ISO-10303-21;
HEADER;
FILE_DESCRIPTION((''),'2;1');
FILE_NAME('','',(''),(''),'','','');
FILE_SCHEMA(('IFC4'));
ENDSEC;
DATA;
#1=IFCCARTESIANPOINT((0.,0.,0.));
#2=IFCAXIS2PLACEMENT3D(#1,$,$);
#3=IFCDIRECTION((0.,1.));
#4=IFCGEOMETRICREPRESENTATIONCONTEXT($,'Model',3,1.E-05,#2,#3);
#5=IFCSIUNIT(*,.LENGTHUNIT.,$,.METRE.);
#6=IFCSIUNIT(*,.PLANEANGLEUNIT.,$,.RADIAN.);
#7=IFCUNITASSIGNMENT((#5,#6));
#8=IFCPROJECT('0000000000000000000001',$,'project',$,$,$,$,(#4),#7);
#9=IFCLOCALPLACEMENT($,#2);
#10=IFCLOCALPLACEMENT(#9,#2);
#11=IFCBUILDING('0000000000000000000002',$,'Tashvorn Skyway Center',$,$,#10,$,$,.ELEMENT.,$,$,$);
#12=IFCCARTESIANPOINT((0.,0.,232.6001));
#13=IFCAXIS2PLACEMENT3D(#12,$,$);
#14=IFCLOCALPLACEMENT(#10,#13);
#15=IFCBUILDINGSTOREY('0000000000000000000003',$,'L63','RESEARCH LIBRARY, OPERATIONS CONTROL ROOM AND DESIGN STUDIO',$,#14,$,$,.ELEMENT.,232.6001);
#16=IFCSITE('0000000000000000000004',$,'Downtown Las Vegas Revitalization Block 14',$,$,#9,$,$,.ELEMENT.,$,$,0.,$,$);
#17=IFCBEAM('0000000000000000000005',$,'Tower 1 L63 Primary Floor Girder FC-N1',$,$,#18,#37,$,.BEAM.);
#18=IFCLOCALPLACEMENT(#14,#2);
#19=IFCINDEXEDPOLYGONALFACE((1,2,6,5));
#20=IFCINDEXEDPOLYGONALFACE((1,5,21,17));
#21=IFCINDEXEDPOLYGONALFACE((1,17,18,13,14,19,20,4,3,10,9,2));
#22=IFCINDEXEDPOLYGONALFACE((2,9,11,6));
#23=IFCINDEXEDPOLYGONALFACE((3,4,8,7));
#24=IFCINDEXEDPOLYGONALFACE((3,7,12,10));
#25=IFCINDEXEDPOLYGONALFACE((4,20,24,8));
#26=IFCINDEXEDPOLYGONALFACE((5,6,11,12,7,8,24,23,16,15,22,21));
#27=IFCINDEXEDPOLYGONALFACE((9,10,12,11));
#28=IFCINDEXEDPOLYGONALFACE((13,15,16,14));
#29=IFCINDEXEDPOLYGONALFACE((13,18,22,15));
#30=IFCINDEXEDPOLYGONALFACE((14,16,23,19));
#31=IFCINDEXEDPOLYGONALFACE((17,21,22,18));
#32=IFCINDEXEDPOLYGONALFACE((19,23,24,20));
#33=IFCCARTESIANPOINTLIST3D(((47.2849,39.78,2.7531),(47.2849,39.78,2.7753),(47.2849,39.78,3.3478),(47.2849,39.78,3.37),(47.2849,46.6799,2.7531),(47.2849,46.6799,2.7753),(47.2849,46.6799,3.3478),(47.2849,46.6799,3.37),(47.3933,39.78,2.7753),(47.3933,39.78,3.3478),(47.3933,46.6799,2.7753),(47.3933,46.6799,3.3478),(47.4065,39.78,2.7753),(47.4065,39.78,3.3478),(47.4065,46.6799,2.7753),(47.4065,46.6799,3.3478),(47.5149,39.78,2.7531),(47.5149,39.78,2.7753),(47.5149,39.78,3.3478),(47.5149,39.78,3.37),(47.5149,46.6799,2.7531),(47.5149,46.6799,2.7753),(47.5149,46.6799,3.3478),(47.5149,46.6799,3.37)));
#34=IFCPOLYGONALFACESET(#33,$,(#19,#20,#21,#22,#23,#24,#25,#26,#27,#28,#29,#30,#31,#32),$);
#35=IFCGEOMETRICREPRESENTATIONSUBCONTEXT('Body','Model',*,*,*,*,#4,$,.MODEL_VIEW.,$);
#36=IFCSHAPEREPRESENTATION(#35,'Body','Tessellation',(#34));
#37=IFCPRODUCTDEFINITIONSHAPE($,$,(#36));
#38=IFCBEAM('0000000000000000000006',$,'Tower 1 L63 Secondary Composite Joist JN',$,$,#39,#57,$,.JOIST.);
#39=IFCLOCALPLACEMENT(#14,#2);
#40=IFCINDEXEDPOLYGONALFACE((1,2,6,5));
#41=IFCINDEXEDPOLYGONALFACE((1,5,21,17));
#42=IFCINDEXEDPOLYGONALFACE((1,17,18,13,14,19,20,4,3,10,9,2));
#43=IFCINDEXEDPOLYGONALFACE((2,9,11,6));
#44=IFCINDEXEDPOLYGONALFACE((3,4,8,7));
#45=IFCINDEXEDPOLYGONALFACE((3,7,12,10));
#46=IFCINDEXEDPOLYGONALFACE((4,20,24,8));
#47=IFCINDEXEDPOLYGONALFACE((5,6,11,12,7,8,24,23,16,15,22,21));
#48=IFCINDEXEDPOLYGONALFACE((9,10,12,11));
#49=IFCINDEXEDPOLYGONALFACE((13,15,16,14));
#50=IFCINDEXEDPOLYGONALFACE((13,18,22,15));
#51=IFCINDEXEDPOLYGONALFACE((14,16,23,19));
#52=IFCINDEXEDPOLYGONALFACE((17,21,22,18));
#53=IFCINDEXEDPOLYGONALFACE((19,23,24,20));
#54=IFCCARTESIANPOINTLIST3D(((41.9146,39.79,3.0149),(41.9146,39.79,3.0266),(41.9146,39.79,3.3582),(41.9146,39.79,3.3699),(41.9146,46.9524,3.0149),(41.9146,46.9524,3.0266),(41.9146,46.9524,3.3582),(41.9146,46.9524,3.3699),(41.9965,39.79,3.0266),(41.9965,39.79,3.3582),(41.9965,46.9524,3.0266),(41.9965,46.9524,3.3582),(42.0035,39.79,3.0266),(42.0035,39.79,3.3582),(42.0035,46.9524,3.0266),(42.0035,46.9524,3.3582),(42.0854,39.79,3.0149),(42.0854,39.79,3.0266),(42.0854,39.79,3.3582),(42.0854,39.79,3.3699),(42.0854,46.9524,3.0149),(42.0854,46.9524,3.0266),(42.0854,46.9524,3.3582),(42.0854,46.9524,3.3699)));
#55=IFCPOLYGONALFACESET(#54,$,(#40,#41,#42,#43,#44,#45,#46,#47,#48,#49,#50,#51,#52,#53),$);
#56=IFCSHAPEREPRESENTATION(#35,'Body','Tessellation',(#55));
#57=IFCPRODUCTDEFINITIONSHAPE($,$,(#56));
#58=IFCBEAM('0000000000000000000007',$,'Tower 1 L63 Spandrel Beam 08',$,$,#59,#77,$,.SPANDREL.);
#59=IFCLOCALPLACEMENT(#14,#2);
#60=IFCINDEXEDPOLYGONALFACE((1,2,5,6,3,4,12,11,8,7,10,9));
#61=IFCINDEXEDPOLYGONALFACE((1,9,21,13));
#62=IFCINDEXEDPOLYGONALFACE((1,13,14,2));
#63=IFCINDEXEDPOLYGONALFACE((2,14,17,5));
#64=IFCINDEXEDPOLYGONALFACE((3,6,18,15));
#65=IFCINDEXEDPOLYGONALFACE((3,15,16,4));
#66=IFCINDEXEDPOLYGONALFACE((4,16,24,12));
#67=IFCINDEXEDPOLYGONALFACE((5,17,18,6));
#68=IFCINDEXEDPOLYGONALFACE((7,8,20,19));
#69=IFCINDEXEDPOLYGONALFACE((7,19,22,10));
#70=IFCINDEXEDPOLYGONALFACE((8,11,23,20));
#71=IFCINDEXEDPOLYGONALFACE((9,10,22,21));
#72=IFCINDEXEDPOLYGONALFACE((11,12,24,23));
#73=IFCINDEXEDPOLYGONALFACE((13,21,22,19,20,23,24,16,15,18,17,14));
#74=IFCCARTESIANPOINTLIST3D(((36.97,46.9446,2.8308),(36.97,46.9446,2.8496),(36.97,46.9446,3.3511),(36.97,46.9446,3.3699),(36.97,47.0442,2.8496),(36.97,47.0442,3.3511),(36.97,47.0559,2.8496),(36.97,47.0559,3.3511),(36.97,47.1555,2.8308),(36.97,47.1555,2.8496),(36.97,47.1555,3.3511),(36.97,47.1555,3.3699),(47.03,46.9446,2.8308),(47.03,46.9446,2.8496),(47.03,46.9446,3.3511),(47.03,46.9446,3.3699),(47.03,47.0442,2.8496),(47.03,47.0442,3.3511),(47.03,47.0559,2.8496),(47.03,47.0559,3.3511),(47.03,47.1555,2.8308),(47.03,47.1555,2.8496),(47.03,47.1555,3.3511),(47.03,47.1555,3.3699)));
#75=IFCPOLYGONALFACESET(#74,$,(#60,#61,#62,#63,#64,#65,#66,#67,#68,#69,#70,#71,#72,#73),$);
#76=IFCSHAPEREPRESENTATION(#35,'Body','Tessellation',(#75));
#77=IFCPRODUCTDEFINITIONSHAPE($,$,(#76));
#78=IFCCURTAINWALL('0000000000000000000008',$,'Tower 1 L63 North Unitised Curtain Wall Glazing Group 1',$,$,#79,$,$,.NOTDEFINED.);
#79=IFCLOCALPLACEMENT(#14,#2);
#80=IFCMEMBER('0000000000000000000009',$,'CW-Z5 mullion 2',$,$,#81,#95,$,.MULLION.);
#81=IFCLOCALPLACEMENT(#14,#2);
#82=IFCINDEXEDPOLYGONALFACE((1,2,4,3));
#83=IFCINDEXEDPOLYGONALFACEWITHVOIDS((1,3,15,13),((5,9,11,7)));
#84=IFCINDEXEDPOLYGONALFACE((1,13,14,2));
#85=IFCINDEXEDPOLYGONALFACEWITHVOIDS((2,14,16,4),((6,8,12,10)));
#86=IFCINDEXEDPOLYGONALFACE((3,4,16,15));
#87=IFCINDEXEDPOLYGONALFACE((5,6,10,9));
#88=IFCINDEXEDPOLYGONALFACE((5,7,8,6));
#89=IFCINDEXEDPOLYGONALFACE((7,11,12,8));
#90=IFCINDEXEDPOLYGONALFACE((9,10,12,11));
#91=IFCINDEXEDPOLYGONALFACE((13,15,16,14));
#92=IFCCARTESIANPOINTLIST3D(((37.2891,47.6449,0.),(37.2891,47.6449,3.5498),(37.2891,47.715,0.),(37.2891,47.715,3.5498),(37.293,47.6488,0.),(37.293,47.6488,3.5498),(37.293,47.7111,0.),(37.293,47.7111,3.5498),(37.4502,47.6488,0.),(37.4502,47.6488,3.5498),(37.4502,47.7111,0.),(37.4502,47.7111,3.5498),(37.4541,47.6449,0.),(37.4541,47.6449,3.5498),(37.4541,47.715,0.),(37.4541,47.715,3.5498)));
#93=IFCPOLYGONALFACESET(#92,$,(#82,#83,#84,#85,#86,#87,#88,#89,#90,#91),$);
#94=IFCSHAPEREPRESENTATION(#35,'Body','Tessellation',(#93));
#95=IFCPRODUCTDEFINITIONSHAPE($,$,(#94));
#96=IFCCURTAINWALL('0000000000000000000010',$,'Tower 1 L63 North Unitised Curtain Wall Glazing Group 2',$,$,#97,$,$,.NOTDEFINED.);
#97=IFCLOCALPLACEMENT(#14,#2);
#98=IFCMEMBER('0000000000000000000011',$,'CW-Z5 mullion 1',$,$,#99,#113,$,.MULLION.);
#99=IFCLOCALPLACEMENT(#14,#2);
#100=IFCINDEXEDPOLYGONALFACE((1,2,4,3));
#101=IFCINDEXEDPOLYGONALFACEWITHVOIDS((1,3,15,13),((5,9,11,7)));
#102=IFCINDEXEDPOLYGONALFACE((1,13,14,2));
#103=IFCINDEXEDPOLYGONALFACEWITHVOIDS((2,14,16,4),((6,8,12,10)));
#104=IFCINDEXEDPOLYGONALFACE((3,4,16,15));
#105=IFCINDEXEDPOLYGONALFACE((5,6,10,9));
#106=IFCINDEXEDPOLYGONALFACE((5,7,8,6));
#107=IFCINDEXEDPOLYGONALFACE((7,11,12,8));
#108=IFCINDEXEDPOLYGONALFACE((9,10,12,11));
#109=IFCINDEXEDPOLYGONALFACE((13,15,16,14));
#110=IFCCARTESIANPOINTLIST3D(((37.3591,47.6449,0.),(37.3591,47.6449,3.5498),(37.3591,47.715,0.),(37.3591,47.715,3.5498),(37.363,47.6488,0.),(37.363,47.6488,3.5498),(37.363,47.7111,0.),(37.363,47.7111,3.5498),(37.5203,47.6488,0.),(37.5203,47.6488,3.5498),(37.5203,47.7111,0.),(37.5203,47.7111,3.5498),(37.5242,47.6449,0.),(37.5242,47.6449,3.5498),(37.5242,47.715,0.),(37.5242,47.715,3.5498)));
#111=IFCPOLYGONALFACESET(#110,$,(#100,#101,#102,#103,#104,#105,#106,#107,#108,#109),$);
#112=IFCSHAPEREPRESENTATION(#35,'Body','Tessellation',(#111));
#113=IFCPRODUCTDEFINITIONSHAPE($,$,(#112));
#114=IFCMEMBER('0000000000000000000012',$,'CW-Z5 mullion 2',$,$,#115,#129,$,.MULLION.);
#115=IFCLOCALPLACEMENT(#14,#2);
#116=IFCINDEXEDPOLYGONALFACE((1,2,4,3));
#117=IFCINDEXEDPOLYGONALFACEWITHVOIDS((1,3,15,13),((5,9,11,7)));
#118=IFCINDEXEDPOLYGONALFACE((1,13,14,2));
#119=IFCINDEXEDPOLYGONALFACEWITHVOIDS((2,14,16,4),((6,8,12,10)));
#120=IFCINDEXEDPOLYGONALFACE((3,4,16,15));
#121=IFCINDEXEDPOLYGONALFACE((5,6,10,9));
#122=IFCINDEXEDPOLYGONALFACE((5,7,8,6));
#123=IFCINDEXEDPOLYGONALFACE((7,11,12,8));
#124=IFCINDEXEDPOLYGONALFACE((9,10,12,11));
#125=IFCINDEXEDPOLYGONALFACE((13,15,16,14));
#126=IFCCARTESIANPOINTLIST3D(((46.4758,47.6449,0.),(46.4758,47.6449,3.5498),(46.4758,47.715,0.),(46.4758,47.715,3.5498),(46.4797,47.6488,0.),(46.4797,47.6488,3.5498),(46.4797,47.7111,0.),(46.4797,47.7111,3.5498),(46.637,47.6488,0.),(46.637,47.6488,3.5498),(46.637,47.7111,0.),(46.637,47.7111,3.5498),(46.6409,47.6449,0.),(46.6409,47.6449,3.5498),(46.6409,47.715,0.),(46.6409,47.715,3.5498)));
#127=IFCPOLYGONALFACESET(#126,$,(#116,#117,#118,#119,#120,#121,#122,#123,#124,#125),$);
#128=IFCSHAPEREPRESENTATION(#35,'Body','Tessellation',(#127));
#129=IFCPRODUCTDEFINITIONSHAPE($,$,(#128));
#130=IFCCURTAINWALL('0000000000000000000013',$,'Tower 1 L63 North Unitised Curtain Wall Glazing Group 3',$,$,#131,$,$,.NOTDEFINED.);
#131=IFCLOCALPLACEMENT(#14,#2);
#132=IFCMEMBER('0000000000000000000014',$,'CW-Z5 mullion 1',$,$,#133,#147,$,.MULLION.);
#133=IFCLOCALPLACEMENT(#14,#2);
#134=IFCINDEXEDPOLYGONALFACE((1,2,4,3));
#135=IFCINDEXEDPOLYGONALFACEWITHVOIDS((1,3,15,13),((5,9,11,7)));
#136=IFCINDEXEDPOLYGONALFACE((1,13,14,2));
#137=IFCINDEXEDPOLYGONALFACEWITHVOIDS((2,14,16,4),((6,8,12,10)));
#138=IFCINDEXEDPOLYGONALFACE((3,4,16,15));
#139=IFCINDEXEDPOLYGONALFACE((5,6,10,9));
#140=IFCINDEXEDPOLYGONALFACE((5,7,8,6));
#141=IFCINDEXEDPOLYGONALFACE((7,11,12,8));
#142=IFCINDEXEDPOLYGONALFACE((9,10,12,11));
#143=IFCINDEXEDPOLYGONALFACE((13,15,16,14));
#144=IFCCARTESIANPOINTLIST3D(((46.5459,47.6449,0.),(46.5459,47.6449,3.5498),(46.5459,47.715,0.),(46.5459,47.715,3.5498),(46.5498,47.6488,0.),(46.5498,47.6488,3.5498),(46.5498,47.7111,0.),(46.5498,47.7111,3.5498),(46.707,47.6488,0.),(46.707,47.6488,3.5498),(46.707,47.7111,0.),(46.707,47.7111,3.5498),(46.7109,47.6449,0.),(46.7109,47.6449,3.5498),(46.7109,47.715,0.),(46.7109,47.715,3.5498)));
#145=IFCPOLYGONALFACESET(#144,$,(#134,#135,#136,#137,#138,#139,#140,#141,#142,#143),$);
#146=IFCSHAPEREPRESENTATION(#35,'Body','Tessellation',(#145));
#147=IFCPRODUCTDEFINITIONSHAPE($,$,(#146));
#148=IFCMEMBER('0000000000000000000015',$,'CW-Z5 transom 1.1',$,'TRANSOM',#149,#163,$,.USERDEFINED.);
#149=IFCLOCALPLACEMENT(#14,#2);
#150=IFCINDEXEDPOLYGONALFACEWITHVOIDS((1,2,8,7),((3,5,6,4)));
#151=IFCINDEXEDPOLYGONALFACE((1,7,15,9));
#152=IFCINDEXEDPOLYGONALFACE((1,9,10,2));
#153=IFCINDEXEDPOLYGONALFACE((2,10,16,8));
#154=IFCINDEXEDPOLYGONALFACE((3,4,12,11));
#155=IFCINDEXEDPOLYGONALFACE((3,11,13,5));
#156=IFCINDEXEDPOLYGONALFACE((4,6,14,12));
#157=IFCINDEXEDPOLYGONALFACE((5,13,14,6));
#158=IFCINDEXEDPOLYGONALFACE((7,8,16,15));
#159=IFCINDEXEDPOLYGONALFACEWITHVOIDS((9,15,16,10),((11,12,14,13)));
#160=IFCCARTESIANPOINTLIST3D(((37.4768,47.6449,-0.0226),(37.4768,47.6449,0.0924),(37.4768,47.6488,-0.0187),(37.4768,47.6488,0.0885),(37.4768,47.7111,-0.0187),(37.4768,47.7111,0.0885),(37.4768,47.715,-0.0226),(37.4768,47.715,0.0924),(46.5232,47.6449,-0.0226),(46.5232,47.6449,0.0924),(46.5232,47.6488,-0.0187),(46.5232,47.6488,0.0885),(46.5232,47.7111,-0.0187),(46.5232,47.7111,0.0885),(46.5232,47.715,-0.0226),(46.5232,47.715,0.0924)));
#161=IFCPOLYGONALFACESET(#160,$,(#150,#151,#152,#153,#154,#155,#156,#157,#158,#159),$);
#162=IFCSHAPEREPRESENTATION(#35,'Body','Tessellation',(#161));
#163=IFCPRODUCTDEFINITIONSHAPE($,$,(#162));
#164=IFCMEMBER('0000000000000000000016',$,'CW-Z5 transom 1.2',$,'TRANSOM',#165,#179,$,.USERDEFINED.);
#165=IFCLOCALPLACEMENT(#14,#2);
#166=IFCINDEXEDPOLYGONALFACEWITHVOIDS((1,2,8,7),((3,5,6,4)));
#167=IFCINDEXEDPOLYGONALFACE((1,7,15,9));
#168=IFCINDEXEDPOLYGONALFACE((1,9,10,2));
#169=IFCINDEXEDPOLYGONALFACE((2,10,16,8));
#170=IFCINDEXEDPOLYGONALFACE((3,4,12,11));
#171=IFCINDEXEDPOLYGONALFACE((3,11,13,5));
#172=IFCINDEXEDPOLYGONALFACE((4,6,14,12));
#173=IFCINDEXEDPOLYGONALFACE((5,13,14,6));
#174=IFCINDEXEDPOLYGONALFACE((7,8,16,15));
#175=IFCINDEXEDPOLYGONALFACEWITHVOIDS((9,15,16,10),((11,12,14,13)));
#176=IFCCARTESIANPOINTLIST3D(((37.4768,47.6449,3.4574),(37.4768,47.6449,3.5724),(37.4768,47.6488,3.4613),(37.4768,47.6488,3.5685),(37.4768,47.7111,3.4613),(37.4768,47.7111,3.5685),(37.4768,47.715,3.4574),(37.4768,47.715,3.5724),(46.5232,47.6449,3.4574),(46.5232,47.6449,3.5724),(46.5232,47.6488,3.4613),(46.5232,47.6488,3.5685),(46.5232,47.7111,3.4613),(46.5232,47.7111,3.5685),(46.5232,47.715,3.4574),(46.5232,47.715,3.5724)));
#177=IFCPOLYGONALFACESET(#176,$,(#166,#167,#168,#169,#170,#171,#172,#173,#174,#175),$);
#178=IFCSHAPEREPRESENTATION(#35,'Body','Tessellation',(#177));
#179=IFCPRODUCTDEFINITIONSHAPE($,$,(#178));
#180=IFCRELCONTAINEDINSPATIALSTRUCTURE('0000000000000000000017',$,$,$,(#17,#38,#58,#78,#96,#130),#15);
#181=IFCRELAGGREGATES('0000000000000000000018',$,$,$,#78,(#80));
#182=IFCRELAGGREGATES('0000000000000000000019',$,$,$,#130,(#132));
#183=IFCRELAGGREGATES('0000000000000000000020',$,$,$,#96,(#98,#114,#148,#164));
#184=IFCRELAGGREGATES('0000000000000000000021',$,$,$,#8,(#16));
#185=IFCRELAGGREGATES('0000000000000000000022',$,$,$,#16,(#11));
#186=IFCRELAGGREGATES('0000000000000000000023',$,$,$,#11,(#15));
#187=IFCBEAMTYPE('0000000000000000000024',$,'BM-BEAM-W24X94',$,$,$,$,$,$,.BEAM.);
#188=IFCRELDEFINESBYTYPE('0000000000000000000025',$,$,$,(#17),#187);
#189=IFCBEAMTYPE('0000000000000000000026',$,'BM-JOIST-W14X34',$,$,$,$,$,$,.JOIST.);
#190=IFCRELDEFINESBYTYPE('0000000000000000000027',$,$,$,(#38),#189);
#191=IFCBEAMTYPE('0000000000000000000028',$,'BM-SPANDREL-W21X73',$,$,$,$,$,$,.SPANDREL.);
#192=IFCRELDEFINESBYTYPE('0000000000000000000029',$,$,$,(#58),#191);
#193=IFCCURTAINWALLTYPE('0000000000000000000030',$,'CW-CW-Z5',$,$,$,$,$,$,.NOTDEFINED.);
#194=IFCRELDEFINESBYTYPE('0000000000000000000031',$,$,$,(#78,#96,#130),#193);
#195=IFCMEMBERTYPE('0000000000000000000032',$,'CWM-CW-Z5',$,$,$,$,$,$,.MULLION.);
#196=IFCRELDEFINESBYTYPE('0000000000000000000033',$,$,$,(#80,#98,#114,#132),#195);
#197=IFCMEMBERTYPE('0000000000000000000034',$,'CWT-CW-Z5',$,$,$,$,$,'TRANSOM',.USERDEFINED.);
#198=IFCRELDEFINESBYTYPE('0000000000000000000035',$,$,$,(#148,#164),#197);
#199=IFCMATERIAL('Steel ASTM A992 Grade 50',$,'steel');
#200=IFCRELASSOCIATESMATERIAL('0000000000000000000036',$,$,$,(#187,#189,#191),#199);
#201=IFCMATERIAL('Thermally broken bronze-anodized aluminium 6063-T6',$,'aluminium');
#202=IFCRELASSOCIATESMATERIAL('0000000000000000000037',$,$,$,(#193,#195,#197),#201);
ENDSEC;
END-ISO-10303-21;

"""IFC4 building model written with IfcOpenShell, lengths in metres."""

from ifc_helpers import new_model, si_unit, direction, frame, origin, origin_2d, place, context, subcontext, project, spatial, hollow_rectangle, i_section, extrude, material, material_profile, profile_set, type_object, element, aggregate, save


model = new_model("IFC4")

# Units and contexts
model_context = context("Model", 3, precision=1e-05, world=origin(), true_north=direction((0.0, 1.0)))
body_context = subcontext(model_context, "Body", "Model", "MODEL_VIEW")
ifc_project = project(units=[si_unit("LENGTHUNIT", "METRE"), si_unit("PLANEANGLEUNIT", "RADIAN")], contexts=[model_context])

# Site, building, storey
site_placement = place(None, origin())
site = spatial("IfcSite", under=ifc_project, at=site_placement, Name="Downtown Las Vegas Revitalization Block 14", CompositionType="ELEMENT", RefElevation=0.0)
building_placement = place(site_placement, origin())
building = spatial("IfcBuilding", under=site, at=building_placement, Name="Tashvorn Skyway Center", CompositionType="ELEMENT")
storey_placement = place(building_placement, frame((0.0, 0.0, 232.6001)))
storey = spatial("IfcBuildingStorey", under=building, at=storey_placement, Name="L63", Description="RESEARCH LIBRARY, OPERATIONS CONTROL ROOM AND DESIGN STUDIO", CompositionType="ELEMENT", Elevation=232.6001)

# Beams
ifc_material_1 = material(Name="Steel ASTM A992 Grade 50", Category="steel")
ifc_material_profile_1 = material_profile(ifc_material_1, i_section(OverallWidth=0.23, OverallDepth=0.6169, WebThickness=0.0132, FlangeThickness=0.0222, at=origin_2d()), Name="W24X94")
ifc_profile_set_1 = profile_set([ifc_material_profile_1], Name="Steel ASTM A992 Grade 50")
beam_type_1 = type_object("IfcBeamType", Name="BM-BEAM-W24X94", PredefinedType="BEAM", material=ifc_profile_set_1)
beam_1_placement = place(storey_placement, frame((47.3999, 46.6799, 3.0615), z_axis=(0.0, -1.0, 0.0), x_axis=(1.0, 0.0, 0.0)))
element("IfcBeam", 1, at=beam_1_placement, inside=storey, type_object=beam_type_1, Name="Tower 1 L63 Primary Floor Girder FC-N1", PredefinedType="BEAM", context=body_context, shape_type="SweptSolid", body=[
    extrude(i_section(OverallWidth=0.23, OverallDepth=0.6169, WebThickness=0.0132, FlangeThickness=0.0222, at=origin_2d()), origin(), (0.0, 0.0, 1.0), 6.8999),
])
ifc_material_profile_2 = material_profile(ifc_material_1, i_section(OverallWidth=0.1709, OverallDepth=0.355, WebThickness=0.0071, FlangeThickness=0.0117, at=origin_2d()), Name="W14X34")
ifc_profile_set_2 = profile_set([ifc_material_profile_2], Name="Steel ASTM A992 Grade 50")
beam_type_2 = type_object("IfcBeamType", Name="BM-JOIST-W14X34", PredefinedType="JOIST", material=ifc_profile_set_2)
beam_2_placement = place(storey_placement, frame((42.0, 39.79, 3.1924), z_axis=(0.0, 1.0, 0.0), x_axis=(-1.0, 0.0, 0.0)))
element("IfcBeam", 2, at=beam_2_placement, inside=storey, type_object=beam_type_2, Name="Tower 1 L63 Secondary Composite Joist JN", PredefinedType="JOIST", context=body_context, shape_type="SweptSolid", body=[
    extrude(i_section(OverallWidth=0.1709, OverallDepth=0.355, WebThickness=0.0071, FlangeThickness=0.0117, at=origin_2d()), origin(), (0.0, 0.0, 1.0), 7.1624),
])
ifc_material_profile_3 = material_profile(ifc_material_1, i_section(OverallWidth=0.2109, OverallDepth=0.5391, WebThickness=0.0117, FlangeThickness=0.0188, at=origin_2d()), Name="W21X73")
ifc_profile_set_3 = profile_set([ifc_material_profile_3], Name="Steel ASTM A992 Grade 50")
beam_type_3 = type_object("IfcBeamType", Name="BM-SPANDREL-W21X73", PredefinedType="SPANDREL", material=ifc_profile_set_3)
beam_3_placement = place(storey_placement, frame((47.03, 47.05, 3.1003), z_axis=(-1.0, 0.0, 0.0), x_axis=(0.0, -1.0, 0.0)))
element("IfcBeam", 3, at=beam_3_placement, inside=storey, type_object=beam_type_3, Name="Tower 1 L63 Spandrel Beam 08", PredefinedType="SPANDREL", context=body_context, shape_type="SweptSolid", body=[
    extrude(i_section(OverallWidth=0.2109, OverallDepth=0.5391, WebThickness=0.0117, FlangeThickness=0.0188, at=origin_2d()), origin(), (0.0, 0.0, 1.0), 10.0601),
])

# Curtain wall, member
ifc_material_2 = material(Name="Thermally broken bronze-anodized aluminium 6063-T6", Category="aluminium")
curtain_wall_type = type_object("IfcCurtainWallType", Name="CW-CW-Z5", PredefinedType="NOTDEFINED", material=ifc_material_2)
curtain_wall_1_placement = place(storey_placement, origin())
curtain_wall_1 = element("IfcCurtainWall", 4, at=curtain_wall_1_placement, inside=storey, type_object=curtain_wall_type, Name="Tower 1 L63 North Unitised Curtain Wall Glazing Group 1", PredefinedType="NOTDEFINED")
ifc_material_profile_4 = material_profile(ifc_material_2, hollow_rectangle(XDim=0.0701, YDim=0.165, WallThickness=0.0039, at=origin_2d()), Name="ALU-MULL-70x165")
ifc_profile_set_4 = profile_set([ifc_material_profile_4], Name="Thermally broken bronze-anodized aluminium 6063-T6")
member_type_1 = type_object("IfcMemberType", Name="CWM-CW-Z5", PredefinedType="MULLION", material=ifc_profile_set_4)
member_1_placement = place(storey_placement, frame((37.3716, 47.6799, 0.0), z_axis=(0.0, 0.0, 1.0), x_axis=(0.0, 1.0, 0.0)))
member_1 = element("IfcMember", 5, at=member_1_placement, type_object=member_type_1, Name="CW-Z5 mullion 2", PredefinedType="MULLION", context=body_context, shape_type="SweptSolid", body=[
    extrude(hollow_rectangle(XDim=0.0701, YDim=0.165, WallThickness=0.0039, at=origin_2d()), origin(), (0.0, 0.0, 1.0), 3.5498),
])
aggregate(curtain_wall_1, [member_1])

# Curtain wall, members
curtain_wall_2_placement = place(storey_placement, origin())
curtain_wall_2 = element("IfcCurtainWall", 6, at=curtain_wall_2_placement, inside=storey, type_object=curtain_wall_type, Name="Tower 1 L63 North Unitised Curtain Wall Glazing Group 2", PredefinedType="NOTDEFINED")
member_2_placement = place(storey_placement, frame((37.4417, 47.6799, 0.0), z_axis=(0.0, 0.0, 1.0), x_axis=(0.0, 1.0, 0.0)))
member_2 = element("IfcMember", 7, at=member_2_placement, type_object=member_type_1, Name="CW-Z5 mullion 1", PredefinedType="MULLION", context=body_context, shape_type="SweptSolid", body=[
    extrude(hollow_rectangle(XDim=0.0701, YDim=0.165, WallThickness=0.0039, at=origin_2d()), origin(), (0.0, 0.0, 1.0), 3.5498),
])
member_3_placement = place(storey_placement, frame((46.5583, 47.6799, 0.0), z_axis=(0.0, 0.0, 1.0), x_axis=(0.0, 1.0, 0.0)))
member_3 = element("IfcMember", 8, at=member_3_placement, type_object=member_type_1, Name="CW-Z5 mullion 2", PredefinedType="MULLION", context=body_context, shape_type="SweptSolid", body=[
    extrude(hollow_rectangle(XDim=0.0701, YDim=0.165, WallThickness=0.0039, at=origin_2d()), origin(), (0.0, 0.0, 1.0), 3.5498),
])

# Curtain wall, member
curtain_wall_3_placement = place(storey_placement, origin())
curtain_wall_3 = element("IfcCurtainWall", 9, at=curtain_wall_3_placement, inside=storey, type_object=curtain_wall_type, Name="Tower 1 L63 North Unitised Curtain Wall Glazing Group 3", PredefinedType="NOTDEFINED")
member_4_placement = place(storey_placement, frame((46.6284, 47.6799, 0.0), z_axis=(0.0, 0.0, 1.0), x_axis=(0.0, 1.0, 0.0)))
member_4 = element("IfcMember", 10, at=member_4_placement, type_object=member_type_1, Name="CW-Z5 mullion 1", PredefinedType="MULLION", context=body_context, shape_type="SweptSolid", body=[
    extrude(hollow_rectangle(XDim=0.0701, YDim=0.165, WallThickness=0.0039, at=origin_2d()), origin(), (0.0, 0.0, 1.0), 3.5498),
])

# Members
ifc_material_profile_5 = material_profile(ifc_material_2, hollow_rectangle(XDim=0.0701, YDim=0.115, WallThickness=0.0039, at=origin_2d()), Name="ALU-TRAN-70x115")
ifc_profile_set_5 = profile_set([ifc_material_profile_5], Name="Thermally broken bronze-anodized aluminium 6063-T6")
member_type_2 = type_object("IfcMemberType", Name="CWT-CW-Z5", ElementType="TRANSOM", PredefinedType="USERDEFINED", material=ifc_profile_set_5)
member_5_placement = place(storey_placement, frame((37.4768, 47.6799, 0.0349), z_axis=(1.0, 0.0, 0.0), x_axis=(0.0, 1.0, 0.0)))
member_5 = element("IfcMember", 11, at=member_5_placement, type_object=member_type_2, Name="CW-Z5 transom 1.1", ObjectType="TRANSOM", PredefinedType="USERDEFINED", context=body_context, shape_type="SweptSolid", body=[
    extrude(hollow_rectangle(XDim=0.0701, YDim=0.115, WallThickness=0.0039, at=origin_2d()), origin(), (0.0, 0.0, 1.0), 9.0464),
])
member_6_placement = place(storey_placement, frame((37.4768, 47.6799, 3.5149), z_axis=(1.0, 0.0, 0.0), x_axis=(0.0, 1.0, 0.0)))
member_6 = element("IfcMember", 12, at=member_6_placement, type_object=member_type_2, Name="CW-Z5 transom 1.2", ObjectType="TRANSOM", PredefinedType="USERDEFINED", context=body_context, shape_type="SweptSolid", body=[
    extrude(hollow_rectangle(XDim=0.0701, YDim=0.115, WallThickness=0.0039, at=origin_2d()), origin(), (0.0, 0.0, 1.0), 9.0464),
])
aggregate(curtain_wall_3, [member_4])

aggregate(curtain_wall_2, [member_2, member_3, member_5, member_6])

save(model, "model.ifc")
